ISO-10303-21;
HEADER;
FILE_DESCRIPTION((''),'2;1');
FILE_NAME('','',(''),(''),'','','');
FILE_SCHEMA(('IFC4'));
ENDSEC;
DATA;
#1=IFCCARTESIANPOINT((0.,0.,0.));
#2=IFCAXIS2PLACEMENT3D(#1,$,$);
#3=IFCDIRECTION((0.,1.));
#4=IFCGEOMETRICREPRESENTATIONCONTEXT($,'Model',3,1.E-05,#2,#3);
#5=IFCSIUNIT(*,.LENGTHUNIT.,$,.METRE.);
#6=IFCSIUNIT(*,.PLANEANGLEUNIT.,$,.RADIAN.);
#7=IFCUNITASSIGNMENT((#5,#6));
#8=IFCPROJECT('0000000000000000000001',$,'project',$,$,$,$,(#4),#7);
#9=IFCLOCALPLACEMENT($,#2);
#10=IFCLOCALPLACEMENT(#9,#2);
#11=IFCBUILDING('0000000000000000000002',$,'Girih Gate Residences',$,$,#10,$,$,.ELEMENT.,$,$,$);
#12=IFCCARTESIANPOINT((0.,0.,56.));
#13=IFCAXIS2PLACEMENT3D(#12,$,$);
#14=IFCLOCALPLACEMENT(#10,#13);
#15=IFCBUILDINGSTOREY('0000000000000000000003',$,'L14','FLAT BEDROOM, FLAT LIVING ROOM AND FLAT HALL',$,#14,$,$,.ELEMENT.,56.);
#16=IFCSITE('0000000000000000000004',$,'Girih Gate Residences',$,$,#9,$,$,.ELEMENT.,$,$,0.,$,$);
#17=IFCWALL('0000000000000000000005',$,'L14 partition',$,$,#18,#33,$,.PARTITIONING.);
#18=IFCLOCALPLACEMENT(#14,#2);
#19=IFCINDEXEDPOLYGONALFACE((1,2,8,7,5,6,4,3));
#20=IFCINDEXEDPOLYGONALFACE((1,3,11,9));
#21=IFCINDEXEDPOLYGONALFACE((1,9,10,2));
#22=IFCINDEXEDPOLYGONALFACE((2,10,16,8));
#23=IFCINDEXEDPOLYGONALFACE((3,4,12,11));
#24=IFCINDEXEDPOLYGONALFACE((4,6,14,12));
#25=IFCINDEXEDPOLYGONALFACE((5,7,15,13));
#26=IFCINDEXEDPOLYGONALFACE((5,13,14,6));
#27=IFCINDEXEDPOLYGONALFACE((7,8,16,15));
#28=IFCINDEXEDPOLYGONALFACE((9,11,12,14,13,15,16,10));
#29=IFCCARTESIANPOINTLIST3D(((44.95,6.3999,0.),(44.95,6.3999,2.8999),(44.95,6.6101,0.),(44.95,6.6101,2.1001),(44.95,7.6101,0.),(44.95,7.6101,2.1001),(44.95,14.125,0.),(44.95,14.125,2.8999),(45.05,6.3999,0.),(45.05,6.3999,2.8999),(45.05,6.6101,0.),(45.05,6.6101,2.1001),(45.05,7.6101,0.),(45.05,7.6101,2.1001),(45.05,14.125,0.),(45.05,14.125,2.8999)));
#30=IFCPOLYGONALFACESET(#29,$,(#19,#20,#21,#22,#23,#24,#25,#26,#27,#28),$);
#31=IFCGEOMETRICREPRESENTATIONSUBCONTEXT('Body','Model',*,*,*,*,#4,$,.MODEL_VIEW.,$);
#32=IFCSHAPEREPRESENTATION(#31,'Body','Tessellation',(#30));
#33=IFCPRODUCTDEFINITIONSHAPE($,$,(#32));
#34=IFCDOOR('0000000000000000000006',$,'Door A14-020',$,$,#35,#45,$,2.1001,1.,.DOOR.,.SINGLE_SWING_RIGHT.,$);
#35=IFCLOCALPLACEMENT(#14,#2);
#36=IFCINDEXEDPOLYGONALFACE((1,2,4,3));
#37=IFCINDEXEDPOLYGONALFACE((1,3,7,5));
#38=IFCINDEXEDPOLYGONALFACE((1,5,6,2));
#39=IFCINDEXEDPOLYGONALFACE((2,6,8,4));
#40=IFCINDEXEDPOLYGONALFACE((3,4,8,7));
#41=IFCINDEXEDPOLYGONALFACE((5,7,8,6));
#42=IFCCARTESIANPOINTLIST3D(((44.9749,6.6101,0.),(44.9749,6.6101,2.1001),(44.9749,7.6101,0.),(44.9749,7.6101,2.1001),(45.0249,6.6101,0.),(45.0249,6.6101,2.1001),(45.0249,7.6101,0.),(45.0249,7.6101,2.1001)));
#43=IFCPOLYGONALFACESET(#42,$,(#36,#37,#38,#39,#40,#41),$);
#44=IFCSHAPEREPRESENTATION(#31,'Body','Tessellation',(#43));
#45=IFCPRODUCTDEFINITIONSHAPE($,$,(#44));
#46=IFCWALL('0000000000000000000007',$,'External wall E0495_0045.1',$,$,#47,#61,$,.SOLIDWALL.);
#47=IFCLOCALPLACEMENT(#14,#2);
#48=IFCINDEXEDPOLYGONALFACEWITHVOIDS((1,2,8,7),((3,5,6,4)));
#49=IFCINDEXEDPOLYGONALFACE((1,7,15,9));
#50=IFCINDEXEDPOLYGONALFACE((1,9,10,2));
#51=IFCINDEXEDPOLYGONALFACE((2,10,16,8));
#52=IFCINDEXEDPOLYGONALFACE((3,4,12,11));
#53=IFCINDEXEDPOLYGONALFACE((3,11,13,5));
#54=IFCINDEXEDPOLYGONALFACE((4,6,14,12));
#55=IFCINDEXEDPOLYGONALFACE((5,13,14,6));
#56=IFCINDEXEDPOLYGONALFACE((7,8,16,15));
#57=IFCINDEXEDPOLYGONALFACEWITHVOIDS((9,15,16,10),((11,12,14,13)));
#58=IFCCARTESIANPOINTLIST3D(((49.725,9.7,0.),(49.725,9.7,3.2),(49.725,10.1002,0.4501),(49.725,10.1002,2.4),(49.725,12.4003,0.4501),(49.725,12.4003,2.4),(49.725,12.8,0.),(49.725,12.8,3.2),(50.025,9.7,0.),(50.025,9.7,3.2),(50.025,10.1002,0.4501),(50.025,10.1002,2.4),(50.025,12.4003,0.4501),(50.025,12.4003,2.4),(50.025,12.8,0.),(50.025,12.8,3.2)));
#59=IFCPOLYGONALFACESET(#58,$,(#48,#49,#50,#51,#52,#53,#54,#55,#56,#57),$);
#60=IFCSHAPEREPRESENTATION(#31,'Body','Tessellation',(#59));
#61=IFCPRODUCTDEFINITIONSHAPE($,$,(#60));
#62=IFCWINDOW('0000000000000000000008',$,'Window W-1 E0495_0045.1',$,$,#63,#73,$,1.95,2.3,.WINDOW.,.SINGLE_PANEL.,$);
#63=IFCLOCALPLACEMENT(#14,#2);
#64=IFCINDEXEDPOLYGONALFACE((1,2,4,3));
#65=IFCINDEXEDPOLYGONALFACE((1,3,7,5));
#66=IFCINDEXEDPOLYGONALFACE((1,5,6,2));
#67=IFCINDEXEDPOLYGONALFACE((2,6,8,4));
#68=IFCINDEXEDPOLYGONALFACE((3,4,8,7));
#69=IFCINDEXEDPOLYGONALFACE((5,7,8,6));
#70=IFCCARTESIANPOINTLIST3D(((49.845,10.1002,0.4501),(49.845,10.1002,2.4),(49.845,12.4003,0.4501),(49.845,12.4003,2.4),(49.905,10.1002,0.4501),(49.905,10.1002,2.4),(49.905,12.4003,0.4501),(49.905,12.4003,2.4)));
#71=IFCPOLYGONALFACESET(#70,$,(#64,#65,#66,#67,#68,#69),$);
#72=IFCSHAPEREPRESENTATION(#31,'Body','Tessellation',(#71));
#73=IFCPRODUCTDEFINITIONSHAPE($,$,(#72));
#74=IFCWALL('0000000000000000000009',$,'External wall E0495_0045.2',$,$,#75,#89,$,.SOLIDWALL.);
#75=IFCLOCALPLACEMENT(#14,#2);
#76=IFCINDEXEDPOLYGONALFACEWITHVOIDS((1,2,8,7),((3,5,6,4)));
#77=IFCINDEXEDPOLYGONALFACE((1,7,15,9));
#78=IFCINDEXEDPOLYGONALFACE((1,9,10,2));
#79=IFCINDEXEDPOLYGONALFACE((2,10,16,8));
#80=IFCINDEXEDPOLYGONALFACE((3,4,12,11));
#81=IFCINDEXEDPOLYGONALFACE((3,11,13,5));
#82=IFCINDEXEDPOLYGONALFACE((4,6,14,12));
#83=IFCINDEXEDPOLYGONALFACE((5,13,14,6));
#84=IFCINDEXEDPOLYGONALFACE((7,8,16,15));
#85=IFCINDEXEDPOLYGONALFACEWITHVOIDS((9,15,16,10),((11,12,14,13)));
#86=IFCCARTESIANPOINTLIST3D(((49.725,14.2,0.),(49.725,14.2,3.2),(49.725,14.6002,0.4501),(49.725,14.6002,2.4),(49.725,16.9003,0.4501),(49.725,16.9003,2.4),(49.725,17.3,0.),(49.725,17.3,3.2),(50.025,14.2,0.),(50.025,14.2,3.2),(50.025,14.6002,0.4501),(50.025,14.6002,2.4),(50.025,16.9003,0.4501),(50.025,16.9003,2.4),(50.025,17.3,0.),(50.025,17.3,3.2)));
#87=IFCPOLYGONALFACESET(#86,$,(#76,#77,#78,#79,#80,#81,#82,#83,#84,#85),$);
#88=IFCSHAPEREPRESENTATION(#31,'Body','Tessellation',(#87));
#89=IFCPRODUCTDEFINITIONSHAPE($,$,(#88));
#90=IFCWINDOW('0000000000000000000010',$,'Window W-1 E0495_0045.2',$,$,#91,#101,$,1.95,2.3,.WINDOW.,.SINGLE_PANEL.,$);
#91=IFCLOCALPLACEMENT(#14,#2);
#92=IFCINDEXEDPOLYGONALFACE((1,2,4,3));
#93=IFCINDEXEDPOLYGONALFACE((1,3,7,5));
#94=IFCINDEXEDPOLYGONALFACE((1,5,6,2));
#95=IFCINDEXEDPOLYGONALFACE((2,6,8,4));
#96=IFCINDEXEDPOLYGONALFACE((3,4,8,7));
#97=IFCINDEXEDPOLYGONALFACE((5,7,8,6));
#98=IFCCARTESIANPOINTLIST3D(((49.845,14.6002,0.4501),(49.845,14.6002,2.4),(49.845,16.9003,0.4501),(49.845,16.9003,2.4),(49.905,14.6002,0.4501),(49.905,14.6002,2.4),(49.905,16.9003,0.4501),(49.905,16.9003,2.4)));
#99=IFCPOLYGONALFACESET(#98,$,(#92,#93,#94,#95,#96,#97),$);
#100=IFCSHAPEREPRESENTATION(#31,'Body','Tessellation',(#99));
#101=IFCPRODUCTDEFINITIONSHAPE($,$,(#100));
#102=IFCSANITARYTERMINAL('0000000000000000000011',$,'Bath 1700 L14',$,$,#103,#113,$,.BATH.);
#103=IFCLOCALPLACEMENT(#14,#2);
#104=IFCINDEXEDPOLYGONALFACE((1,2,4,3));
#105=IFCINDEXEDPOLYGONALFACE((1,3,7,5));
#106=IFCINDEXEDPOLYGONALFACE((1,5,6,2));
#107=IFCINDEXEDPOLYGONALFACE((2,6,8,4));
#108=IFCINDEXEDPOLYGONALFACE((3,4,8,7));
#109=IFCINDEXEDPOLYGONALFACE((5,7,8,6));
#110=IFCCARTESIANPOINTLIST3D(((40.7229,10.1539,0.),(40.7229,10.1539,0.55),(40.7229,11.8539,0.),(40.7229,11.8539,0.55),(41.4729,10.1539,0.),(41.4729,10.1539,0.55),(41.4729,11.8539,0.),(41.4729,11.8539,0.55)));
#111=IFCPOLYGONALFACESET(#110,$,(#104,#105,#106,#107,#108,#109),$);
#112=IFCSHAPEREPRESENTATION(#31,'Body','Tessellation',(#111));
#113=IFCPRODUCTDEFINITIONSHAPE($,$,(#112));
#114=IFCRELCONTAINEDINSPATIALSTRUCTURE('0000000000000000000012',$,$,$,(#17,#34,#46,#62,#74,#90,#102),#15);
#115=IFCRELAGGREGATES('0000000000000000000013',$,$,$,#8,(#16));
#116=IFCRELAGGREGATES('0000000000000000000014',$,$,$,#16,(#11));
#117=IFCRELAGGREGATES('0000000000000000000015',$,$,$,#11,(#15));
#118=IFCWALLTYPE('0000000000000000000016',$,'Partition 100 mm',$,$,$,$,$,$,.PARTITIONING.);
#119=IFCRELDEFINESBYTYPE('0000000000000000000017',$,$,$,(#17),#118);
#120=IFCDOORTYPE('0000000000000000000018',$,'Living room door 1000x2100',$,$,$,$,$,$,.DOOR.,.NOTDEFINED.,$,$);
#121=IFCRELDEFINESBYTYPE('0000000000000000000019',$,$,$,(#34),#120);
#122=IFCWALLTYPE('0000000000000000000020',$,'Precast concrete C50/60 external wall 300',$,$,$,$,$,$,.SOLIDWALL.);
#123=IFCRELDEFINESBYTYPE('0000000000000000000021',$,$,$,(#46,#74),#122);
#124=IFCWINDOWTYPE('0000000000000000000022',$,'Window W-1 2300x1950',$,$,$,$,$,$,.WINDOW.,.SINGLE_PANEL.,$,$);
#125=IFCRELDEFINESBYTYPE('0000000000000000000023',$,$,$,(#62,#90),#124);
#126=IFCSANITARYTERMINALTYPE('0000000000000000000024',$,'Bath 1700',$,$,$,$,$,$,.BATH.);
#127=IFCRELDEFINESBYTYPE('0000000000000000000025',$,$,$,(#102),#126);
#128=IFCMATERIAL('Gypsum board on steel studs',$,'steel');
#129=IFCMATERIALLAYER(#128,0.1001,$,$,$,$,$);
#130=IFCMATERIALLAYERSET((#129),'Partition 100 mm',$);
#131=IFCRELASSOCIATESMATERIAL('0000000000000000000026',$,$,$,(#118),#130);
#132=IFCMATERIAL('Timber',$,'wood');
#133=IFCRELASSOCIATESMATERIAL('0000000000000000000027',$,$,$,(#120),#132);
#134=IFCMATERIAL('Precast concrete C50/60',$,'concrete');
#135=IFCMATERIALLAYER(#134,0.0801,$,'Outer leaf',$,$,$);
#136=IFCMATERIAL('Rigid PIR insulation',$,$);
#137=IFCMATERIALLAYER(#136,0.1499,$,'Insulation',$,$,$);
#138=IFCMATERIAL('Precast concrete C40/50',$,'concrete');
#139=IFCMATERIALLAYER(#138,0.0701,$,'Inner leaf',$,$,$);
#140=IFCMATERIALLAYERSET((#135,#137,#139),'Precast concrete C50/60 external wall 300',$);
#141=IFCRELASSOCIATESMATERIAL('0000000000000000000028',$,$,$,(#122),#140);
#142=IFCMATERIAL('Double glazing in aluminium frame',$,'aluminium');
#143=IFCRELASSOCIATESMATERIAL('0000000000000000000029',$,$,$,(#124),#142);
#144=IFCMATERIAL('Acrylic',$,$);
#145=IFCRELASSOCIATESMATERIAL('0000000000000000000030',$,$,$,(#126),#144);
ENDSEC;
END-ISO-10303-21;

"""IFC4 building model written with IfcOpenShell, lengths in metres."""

from ifc_helpers import new_model, si_unit, direction, frame, frame_2d, origin, origin_2d, place, context, subcontext, project, spatial, rectangle, extrude, material, layer, layer_set, type_object, element, fill, save


model = new_model("IFC4")

# Units and contexts
model_context = context("Model", 3, precision=1e-05, world=origin(), true_north=direction((0.0, 1.0)))
body_context = subcontext(model_context, "Body", "Model", "MODEL_VIEW")
ifc_project = project(units=[si_unit("LENGTHUNIT", "METRE"), si_unit("PLANEANGLEUNIT", "RADIAN")], contexts=[model_context])

# Site, building, storey
site_placement = place(None, origin())
site = spatial("IfcSite", under=ifc_project, at=site_placement, Name="Girih Gate Residences", CompositionType="ELEMENT", RefElevation=0.0)
building_placement = place(site_placement, origin())
building = spatial("IfcBuilding", under=site, at=building_placement, Name="Girih Gate Residences", CompositionType="ELEMENT")
storey_placement = place(building_placement, frame((0.0, 0.0, 56.0)))
storey = spatial("IfcBuildingStorey", under=building, at=storey_placement, Name="L14", Description="FLAT BEDROOM, FLAT LIVING ROOM AND FLAT HALL", CompositionType="ELEMENT", Elevation=56.0)

# Shared definitions
ifc_material_1 = material(Name="Gypsum board on steel studs", Category="steel")

# Shared definitions
ifc_material_2 = material(Name="Timber", Category="wood")

# Wall, opening, door
ifc_layer_1 = layer(ifc_material_1, 0.1001)
ifc_layer_set_1 = layer_set([ifc_layer_1], Name="Partition 100 mm")
wall_type_1 = type_object("IfcWallType", Name="Partition 100 mm", PredefinedType="PARTITIONING", material=ifc_layer_set_1)
wall_1_placement = place(storey_placement, frame((45.0, 14.125, 0.0), z_axis=(0.0, 0.0, 1.0), x_axis=(0.0, -1.0, 0.0)))
wall_1 = element("IfcWall", 1, at=wall_1_placement, inside=storey, type_object=wall_type_1, Name="L14 partition", PredefinedType="PARTITIONING", context=body_context, shape_type="SweptSolid", body=[
    extrude(rectangle(XDim=7.7251, YDim=0.1001, at=frame_2d((3.8625, 0.0))), origin(), (0.0, 0.0, 1.0), 2.8999),
])
opening_1_placement = place(wall_1_placement, frame((6.5149, 0.0, 0.0)))
opening_1 = element("IfcOpeningElement", 2, at=opening_1_placement, cuts=wall_1, PredefinedType="OPENING", context=body_context, shape_type="SweptSolid", body=[
    extrude(rectangle(XDim=1.0, YDim=2.1001, at=frame_2d((0.5, 1.05))), frame((0.0, 0.0601, 0.0), z_axis=(0.0, -1.0, 0.0), x_axis=(1.0, 0.0, 0.0)), (0.0, 0.0, 1.0), 0.1201),
])
door_type_1 = type_object("IfcDoorType", Name="Living room door 1000x2100", OperationType="NOTDEFINED", PredefinedType="DOOR", material=ifc_material_2)
door_1_placement = place(opening_1_placement, origin())
door_1 = element("IfcDoor", 3, at=door_1_placement, inside=storey, type_object=door_type_1, Name="Door A14-020", OperationType="SINGLE_SWING_RIGHT", OverallHeight=2.1001, OverallWidth=1.0, PredefinedType="DOOR", context=body_context, shape_type="SweptSolid", body=[
    extrude(rectangle(XDim=1.0, YDim=2.1001, at=frame_2d((0.5, 1.05))), frame((0.0, 0.0249, 0.0), z_axis=(0.0, -1.0, 0.0), x_axis=(1.0, 0.0, 0.0)), (0.0, 0.0, 1.0), 0.05),
])
fill(opening_1, door_1)

# Walls, openings, windows
ifc_material_3 = material(Name="Precast concrete C50/60", Category="concrete")
ifc_layer_2 = layer(ifc_material_3, 0.0801, Name="Outer leaf")
ifc_material_4 = material(Name="Rigid PIR insulation")
ifc_layer_3 = layer(ifc_material_4, 0.1499, Name="Insulation")
ifc_material_5 = material(Name="Precast concrete C40/50", Category="concrete")
ifc_layer_4 = layer(ifc_material_5, 0.0701, Name="Inner leaf")
ifc_layer_set_2 = layer_set([ifc_layer_2, ifc_layer_3, ifc_layer_4], Name="Precast concrete C50/60 external wall 300")
wall_type_2 = type_object("IfcWallType", Name="Precast concrete C50/60 external wall 300", PredefinedType="SOLIDWALL", material=ifc_layer_set_2)
wall_2_placement = place(storey_placement, frame((49.875, 12.8, 0.0), z_axis=(0.0, 0.0, 1.0), x_axis=(0.0, -1.0, 0.0)))
wall_2 = element("IfcWall", 4, at=wall_2_placement, inside=storey, type_object=wall_type_2, Name="External wall E0495_0045.1", PredefinedType="SOLIDWALL", context=body_context, shape_type="SweptSolid", body=[
    extrude(rectangle(XDim=3.1001, YDim=0.3, at=frame_2d((1.55, 0.0))), origin(), (0.0, 0.0, 1.0), 3.2),
])
opening_2_placement = place(wall_2_placement, frame((0.3999, 0.0, 0.45)))
opening_2 = element("IfcOpeningElement", 5, at=opening_2_placement, cuts=wall_2, PredefinedType="OPENING", context=body_context, shape_type="SweptSolid", body=[
    extrude(rectangle(XDim=2.3, YDim=1.95, at=frame_2d((1.1499, 0.9751))), frame((0.0, 0.1599, 0.0), z_axis=(0.0, -1.0, 0.0), x_axis=(1.0, 0.0, 0.0)), (0.0, 0.0, 1.0), 0.3201),
])
ifc_material_6 = material(Name="Double glazing in aluminium frame", Category="aluminium")
window_type = type_object("IfcWindowType", Name="Window W-1 2300x1950", PartitioningType="SINGLE_PANEL", PredefinedType="WINDOW", material=ifc_material_6)
window_1_placement = place(opening_2_placement, origin())
window_1 = element("IfcWindow", 6, at=window_1_placement, inside=storey, type_object=window_type, Name="Window W-1 E0495_0045.1", OverallHeight=1.95, OverallWidth=2.3, PartitioningType="SINGLE_PANEL", PredefinedType="WINDOW", context=body_context, shape_type="SweptSolid", body=[
    extrude(rectangle(XDim=2.3, YDim=1.95, at=frame_2d((1.1499, 0.9751))), frame((0.0, 0.03, 0.0), z_axis=(0.0, -1.0, 0.0), x_axis=(1.0, 0.0, 0.0)), (0.0, 0.0, 1.0), 0.0601),
])
fill(opening_2, window_1)
wall_3_placement = place(storey_placement, frame((49.875, 17.3, 0.0), z_axis=(0.0, 0.0, 1.0), x_axis=(0.0, -1.0, 0.0)))
wall_3 = element("IfcWall", 7, at=wall_3_placement, inside=storey, type_object=wall_type_2, Name="External wall E0495_0045.2", PredefinedType="SOLIDWALL", context=body_context, shape_type="SweptSolid", body=[
    extrude(rectangle(XDim=3.1001, YDim=0.3, at=frame_2d((1.55, 0.0))), origin(), (0.0, 0.0, 1.0), 3.2),
])
opening_3_placement = place(wall_3_placement, frame((0.3999, 0.0, 0.45)))
opening_3 = element("IfcOpeningElement", 8, at=opening_3_placement, cuts=wall_3, PredefinedType="OPENING", context=body_context, shape_type="SweptSolid", body=[
    extrude(rectangle(XDim=2.3, YDim=1.95, at=frame_2d((1.1499, 0.9751))), frame((0.0, 0.1599, 0.0), z_axis=(0.0, -1.0, 0.0), x_axis=(1.0, 0.0, 0.0)), (0.0, 0.0, 1.0), 0.3201),
])
window_2_placement = place(opening_3_placement, origin())
window_2 = element("IfcWindow", 9, at=window_2_placement, inside=storey, type_object=window_type, Name="Window W-1 E0495_0045.2", OverallHeight=1.95, OverallWidth=2.3, PartitioningType="SINGLE_PANEL", PredefinedType="WINDOW", context=body_context, shape_type="SweptSolid", body=[
    extrude(rectangle(XDim=2.3, YDim=1.95, at=frame_2d((1.1499, 0.9751))), frame((0.0, 0.03, 0.0), z_axis=(0.0, -1.0, 0.0), x_axis=(1.0, 0.0, 0.0)), (0.0, 0.0, 1.0), 0.0601),
])
fill(opening_3, window_2)

# Sanitary terminal
ifc_material_7 = material(Name="Acrylic")
sanitary_terminal_type = type_object("IfcSanitaryTerminalType", Name="Bath 1700", PredefinedType="BATH", material=ifc_material_7)
sanitary_terminal_placement = place(storey_placement, frame((41.0979, 11.0039, 0.0), z_axis=(0.0, 0.0, 1.0), x_axis=(1.0, 0.0, 0.0)))
element("IfcSanitaryTerminal", 10, at=sanitary_terminal_placement, inside=storey, type_object=sanitary_terminal_type, Name="Bath 1700 L14", PredefinedType="BATH", context=body_context, shape_type="SweptSolid", body=[
    extrude(rectangle(XDim=0.75, YDim=1.7, at=origin_2d()), origin(), (0.0, 0.0, 1.0), 0.55),
])

save(model, "model.ifc")
